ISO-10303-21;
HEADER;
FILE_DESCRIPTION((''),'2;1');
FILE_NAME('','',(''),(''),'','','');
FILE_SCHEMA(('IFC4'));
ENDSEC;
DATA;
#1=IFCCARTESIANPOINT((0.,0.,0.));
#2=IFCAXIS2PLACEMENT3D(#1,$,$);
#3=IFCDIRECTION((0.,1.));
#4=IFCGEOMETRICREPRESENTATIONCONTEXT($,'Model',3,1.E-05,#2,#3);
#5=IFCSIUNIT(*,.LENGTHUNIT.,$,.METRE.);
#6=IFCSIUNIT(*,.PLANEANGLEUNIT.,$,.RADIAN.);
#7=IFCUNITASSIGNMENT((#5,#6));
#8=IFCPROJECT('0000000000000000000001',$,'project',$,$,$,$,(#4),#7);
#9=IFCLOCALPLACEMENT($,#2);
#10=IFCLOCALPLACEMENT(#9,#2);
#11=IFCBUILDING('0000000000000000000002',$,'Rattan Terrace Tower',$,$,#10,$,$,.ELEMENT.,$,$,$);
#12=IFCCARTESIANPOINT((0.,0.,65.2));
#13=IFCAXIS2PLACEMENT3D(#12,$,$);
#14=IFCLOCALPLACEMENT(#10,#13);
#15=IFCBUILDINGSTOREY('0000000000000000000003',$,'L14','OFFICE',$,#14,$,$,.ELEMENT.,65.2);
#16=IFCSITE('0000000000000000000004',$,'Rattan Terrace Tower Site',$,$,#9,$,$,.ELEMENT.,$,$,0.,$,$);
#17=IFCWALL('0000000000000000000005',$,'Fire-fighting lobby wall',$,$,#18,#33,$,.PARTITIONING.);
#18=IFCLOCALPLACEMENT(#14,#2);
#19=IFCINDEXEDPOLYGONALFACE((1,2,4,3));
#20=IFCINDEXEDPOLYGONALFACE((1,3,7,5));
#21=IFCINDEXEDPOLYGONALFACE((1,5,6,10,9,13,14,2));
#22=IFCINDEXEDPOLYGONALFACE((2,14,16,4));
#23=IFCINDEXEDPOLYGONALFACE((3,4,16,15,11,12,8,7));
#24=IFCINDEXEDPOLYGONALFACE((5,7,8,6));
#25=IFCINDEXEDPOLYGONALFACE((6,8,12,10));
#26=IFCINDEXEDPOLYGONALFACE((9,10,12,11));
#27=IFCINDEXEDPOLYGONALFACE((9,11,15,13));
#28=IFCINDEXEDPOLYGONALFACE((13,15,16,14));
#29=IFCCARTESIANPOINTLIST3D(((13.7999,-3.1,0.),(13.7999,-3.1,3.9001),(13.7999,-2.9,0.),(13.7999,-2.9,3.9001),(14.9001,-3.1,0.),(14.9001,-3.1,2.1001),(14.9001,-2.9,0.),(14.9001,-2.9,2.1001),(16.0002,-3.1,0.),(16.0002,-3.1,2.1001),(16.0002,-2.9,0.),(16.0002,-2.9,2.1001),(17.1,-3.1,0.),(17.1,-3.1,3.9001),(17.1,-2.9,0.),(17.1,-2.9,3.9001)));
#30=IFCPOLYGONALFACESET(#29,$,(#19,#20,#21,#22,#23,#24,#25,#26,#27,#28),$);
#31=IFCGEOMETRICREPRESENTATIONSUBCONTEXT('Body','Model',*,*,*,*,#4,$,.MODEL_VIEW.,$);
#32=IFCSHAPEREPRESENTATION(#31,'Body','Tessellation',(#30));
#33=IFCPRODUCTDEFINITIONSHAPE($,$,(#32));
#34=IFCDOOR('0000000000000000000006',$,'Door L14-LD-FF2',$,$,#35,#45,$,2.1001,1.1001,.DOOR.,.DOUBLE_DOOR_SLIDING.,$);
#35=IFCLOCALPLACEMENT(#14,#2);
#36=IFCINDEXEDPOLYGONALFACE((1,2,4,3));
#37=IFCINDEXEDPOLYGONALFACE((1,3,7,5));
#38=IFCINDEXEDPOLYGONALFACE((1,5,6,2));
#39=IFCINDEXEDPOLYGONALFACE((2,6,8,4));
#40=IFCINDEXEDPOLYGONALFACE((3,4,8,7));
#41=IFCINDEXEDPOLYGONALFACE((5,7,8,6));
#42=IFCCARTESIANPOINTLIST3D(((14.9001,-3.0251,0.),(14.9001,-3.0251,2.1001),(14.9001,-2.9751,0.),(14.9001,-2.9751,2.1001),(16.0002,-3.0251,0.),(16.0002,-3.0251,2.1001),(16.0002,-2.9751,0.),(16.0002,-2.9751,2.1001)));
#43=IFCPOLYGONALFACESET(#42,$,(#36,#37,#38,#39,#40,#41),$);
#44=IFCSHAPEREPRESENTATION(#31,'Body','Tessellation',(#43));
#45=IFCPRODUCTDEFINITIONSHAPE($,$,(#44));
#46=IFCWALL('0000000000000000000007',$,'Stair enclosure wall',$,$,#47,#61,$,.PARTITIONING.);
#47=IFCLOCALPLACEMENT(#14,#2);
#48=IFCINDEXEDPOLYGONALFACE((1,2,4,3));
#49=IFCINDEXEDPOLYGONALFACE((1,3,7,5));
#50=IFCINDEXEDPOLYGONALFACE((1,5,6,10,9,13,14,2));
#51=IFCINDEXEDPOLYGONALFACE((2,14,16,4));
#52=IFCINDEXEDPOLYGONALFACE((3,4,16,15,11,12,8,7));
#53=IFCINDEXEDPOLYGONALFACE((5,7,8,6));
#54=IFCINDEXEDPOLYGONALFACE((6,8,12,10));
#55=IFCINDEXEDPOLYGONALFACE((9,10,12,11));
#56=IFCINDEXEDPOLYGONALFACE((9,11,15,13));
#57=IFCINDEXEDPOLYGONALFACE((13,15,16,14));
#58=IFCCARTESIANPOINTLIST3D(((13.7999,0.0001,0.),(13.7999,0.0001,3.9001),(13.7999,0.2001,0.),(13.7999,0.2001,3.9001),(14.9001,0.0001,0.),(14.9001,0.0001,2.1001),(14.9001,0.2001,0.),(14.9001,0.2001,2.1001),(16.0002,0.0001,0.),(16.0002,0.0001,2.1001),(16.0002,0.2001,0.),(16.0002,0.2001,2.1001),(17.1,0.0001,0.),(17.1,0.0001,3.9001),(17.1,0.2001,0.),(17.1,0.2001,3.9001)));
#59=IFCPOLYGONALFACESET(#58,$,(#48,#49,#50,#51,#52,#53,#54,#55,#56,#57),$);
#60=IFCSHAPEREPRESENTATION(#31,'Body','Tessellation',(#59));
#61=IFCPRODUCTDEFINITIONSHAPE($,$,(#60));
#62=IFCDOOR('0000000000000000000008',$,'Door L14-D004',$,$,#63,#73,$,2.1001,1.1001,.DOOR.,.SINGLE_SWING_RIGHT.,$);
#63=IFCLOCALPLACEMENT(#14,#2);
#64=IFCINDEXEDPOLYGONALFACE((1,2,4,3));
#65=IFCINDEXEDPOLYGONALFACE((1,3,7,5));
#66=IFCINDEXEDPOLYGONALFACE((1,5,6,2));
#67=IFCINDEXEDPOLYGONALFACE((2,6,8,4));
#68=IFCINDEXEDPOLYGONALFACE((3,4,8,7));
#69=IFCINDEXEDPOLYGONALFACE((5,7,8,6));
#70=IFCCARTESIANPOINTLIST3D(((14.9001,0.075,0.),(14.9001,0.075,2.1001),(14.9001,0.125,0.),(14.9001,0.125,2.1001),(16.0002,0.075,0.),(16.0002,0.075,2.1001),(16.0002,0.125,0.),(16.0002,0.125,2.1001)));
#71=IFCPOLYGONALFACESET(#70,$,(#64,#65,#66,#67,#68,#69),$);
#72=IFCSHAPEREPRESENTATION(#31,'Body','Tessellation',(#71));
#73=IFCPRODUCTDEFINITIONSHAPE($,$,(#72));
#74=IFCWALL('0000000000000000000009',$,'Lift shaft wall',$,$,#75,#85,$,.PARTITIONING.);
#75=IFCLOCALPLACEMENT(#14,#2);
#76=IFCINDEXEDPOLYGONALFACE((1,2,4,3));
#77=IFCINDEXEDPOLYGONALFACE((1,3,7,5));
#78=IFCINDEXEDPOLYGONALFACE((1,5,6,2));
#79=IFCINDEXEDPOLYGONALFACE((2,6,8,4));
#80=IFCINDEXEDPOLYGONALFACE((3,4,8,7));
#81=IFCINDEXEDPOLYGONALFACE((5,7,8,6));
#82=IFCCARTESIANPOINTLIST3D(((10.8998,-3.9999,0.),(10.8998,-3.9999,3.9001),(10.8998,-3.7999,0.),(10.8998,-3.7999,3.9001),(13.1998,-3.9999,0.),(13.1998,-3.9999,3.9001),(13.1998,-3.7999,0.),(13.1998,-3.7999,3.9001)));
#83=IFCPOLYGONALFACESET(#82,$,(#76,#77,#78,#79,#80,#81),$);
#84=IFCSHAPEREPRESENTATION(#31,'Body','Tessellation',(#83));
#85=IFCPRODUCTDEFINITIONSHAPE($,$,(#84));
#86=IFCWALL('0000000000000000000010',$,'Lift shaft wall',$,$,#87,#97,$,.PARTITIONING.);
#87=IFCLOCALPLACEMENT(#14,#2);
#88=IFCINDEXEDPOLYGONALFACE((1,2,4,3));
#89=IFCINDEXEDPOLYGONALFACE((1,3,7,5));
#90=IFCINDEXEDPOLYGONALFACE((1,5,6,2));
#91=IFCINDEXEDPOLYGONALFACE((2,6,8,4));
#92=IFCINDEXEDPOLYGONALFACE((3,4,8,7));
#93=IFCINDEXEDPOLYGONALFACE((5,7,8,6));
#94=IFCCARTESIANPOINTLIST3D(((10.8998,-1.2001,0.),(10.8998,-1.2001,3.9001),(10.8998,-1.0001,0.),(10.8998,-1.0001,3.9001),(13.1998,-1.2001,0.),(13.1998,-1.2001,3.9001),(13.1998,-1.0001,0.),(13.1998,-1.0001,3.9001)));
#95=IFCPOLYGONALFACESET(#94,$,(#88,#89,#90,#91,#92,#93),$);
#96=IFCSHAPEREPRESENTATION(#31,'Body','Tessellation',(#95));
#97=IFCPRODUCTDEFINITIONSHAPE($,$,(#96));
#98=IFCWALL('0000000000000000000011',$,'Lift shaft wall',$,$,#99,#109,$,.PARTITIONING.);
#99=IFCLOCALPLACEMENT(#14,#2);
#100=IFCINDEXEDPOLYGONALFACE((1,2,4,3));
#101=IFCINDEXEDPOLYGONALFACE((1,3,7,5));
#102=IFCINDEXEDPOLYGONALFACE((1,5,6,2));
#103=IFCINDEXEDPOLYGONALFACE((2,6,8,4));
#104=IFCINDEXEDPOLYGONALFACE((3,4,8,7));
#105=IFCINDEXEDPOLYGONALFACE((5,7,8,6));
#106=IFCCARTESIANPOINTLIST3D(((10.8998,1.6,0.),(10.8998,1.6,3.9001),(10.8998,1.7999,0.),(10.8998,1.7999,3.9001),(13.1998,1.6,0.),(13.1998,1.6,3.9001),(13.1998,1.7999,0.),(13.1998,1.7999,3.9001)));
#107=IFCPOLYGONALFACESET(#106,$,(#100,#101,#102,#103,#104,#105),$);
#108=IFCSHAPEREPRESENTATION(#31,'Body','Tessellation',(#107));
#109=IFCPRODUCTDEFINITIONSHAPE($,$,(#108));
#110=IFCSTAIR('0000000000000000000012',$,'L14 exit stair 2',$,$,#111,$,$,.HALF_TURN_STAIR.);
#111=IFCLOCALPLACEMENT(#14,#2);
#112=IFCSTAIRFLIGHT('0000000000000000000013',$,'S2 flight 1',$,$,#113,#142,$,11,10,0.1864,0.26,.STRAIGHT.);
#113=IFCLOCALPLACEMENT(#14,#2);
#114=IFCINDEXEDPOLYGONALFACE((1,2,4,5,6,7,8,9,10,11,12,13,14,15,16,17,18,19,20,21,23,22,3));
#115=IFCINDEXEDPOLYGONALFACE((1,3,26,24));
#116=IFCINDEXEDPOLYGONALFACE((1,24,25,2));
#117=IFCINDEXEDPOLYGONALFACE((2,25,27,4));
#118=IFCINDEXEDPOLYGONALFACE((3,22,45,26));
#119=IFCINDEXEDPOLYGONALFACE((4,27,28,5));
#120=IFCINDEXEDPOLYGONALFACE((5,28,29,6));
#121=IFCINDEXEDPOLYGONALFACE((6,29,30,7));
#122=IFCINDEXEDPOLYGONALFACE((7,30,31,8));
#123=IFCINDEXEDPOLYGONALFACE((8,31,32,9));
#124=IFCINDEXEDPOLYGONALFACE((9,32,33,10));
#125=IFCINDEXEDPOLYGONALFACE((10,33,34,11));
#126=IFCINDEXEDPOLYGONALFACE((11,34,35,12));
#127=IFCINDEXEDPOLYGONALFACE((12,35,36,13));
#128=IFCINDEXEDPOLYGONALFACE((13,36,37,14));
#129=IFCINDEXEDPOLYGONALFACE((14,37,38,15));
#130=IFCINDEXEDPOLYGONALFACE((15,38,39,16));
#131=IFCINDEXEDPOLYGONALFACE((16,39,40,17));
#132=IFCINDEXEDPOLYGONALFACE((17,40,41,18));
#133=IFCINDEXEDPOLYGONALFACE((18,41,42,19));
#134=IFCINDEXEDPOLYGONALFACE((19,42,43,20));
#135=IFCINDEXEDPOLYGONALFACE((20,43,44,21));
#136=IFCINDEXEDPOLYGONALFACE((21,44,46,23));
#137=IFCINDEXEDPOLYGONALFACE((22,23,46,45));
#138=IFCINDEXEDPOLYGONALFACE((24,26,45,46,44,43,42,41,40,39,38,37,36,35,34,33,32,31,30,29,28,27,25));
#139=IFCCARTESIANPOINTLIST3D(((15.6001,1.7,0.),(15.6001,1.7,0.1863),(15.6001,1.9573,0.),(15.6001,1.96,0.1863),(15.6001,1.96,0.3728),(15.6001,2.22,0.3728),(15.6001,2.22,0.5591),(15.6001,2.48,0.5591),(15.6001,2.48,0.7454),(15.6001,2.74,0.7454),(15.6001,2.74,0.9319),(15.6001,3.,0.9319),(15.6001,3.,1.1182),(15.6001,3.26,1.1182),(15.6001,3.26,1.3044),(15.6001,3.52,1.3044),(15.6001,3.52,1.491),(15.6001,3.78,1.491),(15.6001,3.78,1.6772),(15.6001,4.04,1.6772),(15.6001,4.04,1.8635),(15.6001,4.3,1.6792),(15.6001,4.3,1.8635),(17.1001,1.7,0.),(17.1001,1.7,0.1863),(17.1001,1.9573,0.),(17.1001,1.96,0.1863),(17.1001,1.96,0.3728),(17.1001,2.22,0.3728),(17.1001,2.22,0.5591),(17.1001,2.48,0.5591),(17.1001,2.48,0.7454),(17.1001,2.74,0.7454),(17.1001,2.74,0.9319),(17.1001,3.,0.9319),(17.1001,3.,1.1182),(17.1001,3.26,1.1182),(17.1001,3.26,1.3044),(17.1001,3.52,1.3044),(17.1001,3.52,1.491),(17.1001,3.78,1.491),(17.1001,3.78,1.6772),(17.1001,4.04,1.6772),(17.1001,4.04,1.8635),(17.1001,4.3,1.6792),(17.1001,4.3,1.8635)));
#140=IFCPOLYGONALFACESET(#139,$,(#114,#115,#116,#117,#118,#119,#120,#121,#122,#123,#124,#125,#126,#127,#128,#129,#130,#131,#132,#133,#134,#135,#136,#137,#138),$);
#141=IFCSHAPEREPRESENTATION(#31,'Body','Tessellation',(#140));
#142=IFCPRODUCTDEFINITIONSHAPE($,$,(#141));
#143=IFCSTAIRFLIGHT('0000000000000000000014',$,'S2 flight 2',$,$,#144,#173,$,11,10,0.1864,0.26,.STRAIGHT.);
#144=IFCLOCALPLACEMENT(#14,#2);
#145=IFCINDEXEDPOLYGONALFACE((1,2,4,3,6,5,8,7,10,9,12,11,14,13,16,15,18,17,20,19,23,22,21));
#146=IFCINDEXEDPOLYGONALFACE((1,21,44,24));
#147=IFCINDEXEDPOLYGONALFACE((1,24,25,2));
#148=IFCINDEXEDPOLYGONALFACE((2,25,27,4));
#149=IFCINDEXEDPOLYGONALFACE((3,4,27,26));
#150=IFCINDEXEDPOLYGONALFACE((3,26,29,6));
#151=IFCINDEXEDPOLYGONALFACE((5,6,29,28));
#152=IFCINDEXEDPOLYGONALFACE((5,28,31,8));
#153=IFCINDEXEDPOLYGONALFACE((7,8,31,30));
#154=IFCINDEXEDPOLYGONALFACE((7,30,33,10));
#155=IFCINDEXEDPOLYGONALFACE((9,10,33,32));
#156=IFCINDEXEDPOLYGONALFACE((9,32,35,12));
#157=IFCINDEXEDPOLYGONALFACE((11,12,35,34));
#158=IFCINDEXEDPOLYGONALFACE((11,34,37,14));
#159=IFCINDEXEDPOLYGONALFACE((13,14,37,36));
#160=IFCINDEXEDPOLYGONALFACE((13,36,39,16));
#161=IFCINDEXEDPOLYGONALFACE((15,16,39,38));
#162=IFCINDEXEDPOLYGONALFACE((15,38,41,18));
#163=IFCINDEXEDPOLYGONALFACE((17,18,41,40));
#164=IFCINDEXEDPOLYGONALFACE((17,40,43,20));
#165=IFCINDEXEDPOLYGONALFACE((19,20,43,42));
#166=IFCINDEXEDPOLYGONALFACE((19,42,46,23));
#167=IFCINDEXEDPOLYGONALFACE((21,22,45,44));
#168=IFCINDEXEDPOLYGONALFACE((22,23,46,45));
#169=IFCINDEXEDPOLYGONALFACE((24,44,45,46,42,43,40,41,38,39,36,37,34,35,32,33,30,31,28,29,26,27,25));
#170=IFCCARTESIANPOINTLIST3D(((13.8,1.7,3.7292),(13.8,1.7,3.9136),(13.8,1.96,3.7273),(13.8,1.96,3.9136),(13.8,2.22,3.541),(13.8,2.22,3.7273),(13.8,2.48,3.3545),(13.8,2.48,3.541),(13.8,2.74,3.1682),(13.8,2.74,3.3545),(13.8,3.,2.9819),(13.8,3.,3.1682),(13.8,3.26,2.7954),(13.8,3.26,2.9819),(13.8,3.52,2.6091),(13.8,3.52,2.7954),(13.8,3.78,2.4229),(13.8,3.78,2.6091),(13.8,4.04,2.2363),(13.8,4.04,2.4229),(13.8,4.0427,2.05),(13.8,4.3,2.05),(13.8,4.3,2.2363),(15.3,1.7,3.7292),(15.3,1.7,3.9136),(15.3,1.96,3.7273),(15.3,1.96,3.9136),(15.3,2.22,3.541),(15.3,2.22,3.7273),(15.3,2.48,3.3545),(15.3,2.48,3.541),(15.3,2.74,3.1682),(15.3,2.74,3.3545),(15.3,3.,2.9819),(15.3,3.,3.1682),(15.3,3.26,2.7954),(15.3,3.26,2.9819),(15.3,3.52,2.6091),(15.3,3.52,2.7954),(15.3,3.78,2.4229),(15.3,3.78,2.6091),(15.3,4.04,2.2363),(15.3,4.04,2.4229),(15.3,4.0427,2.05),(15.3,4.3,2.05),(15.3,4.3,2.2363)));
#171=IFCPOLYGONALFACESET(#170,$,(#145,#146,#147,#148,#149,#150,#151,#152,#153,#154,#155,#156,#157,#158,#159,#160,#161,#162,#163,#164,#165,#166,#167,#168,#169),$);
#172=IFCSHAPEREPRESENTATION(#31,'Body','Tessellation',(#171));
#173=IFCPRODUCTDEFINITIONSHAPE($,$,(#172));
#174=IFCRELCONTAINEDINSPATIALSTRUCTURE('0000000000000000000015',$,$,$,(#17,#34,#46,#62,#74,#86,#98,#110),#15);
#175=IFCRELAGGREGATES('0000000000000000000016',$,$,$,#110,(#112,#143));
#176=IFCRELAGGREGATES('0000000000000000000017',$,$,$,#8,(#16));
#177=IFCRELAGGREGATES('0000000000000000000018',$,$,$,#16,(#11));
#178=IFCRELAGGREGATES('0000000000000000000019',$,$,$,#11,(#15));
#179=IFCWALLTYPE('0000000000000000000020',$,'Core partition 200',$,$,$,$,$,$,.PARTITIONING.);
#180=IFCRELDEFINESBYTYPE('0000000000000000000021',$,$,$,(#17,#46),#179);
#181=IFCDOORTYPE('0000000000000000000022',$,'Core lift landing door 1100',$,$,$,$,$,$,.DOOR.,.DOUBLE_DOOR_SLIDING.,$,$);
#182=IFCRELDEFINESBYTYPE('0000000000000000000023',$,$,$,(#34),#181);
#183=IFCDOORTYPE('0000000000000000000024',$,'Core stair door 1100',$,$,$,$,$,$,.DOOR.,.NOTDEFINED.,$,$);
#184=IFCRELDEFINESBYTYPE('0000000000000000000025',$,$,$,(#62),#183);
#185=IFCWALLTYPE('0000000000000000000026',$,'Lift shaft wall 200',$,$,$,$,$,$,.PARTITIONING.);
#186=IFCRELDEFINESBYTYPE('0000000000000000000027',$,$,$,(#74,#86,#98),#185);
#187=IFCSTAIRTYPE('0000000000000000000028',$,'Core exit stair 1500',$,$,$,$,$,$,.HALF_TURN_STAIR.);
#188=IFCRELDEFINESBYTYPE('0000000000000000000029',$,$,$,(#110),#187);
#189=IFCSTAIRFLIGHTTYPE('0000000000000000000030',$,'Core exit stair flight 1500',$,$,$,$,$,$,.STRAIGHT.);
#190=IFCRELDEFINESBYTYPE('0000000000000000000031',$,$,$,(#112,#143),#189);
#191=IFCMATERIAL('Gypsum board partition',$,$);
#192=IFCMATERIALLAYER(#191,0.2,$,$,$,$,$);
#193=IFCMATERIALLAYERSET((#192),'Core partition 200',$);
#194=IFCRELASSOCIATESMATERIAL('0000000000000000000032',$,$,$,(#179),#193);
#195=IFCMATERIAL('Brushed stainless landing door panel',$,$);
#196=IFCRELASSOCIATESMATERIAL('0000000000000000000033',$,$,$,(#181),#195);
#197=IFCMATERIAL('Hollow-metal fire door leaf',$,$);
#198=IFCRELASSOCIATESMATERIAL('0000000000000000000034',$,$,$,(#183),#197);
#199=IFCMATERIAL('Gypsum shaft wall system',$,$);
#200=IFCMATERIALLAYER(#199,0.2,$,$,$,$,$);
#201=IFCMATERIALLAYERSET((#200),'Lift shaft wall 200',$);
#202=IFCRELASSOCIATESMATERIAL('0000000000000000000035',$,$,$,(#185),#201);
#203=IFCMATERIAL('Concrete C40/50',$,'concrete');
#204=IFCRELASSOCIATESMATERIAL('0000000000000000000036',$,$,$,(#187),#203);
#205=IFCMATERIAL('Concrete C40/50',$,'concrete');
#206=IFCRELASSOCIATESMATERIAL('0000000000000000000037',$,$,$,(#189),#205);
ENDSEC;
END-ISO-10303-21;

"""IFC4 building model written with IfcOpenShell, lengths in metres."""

from ifc_helpers import new_model, si_unit, direction, frame, frame_2d, origin, place, context, subcontext, project, spatial, polyline, rectangle, outline, extrude, material, layer, layer_set, type_object, element, fill, aggregate, save


model = new_model("IFC4")

# Units and contexts
model_context = context("Model", 3, precision=1e-05, world=origin(), true_north=direction((0.0, 1.0)))
body_context = subcontext(model_context, "Body", "Model", "MODEL_VIEW")
ifc_project = project(units=[si_unit("LENGTHUNIT", "METRE"), si_unit("PLANEANGLEUNIT", "RADIAN")], contexts=[model_context])

# Site, building, storey
site_placement = place(None, origin())
site = spatial("IfcSite", under=ifc_project, at=site_placement, Name="Rattan Terrace Tower Site", CompositionType="ELEMENT", RefElevation=0.0)
building_placement = place(site_placement, origin())
building = spatial("IfcBuilding", under=site, at=building_placement, Name="Rattan Terrace Tower", CompositionType="ELEMENT")
storey_placement = place(building_placement, frame((0.0, 0.0, 65.2)))
storey = spatial("IfcBuildingStorey", under=building, at=storey_placement, Name="L14", Description="OFFICE", CompositionType="ELEMENT", Elevation=65.2)

# Walls, openings, doors
ifc_material_1 = material(Name="Gypsum board partition")
ifc_layer_1 = layer(ifc_material_1, 0.2)
ifc_layer_set_1 = layer_set([ifc_layer_1], Name="Core partition 200")
wall_type_1 = type_object("IfcWallType", Name="Core partition 200", PredefinedType="PARTITIONING", material=ifc_layer_set_1)
wall_1_placement = place(storey_placement, frame((13.8, -3.0, 0.0), z_axis=(0.0, 0.0, 1.0), x_axis=(1.0, 0.0, 0.0)))
wall_1 = element("IfcWall", 1, at=wall_1_placement, inside=storey, type_object=wall_type_1, Name="Fire-fighting lobby wall", PredefinedType="PARTITIONING", context=body_context, shape_type="SweptSolid", body=[
    extrude(rectangle(XDim=3.3, YDim=0.2, at=frame_2d((1.6499, 0.0))), origin(), (0.0, 0.0, 1.0), 3.9001),
])
opening_1_placement = place(wall_1_placement, frame((1.1001, 0.0, 0.0)))
opening_1 = element("IfcOpeningElement", 2, at=opening_1_placement, cuts=wall_1, PredefinedType="OPENING", context=body_context, shape_type="SweptSolid", body=[
    extrude(rectangle(XDim=1.1001, YDim=2.1001, at=frame_2d((0.55, 1.05))), frame((0.0, 0.1106, 0.0), z_axis=(0.0, -1.0, 0.0), x_axis=(1.0, 0.0, 0.0)), (0.0, 0.0, 1.0), 0.2209),
])
ifc_material_2 = material(Name="Brushed stainless landing door panel")
door_type_1 = type_object("IfcDoorType", Name="Core lift landing door 1100", OperationType="DOUBLE_DOOR_SLIDING", PredefinedType="DOOR", material=ifc_material_2)
door_1_placement = place(opening_1_placement, origin())
door_1 = element("IfcDoor", 3, at=door_1_placement, inside=storey, type_object=door_type_1, Name="Door L14-LD-FF2", OperationType="DOUBLE_DOOR_SLIDING", OverallHeight=2.1001, OverallWidth=1.1001, PredefinedType="DOOR", context=body_context, shape_type="SweptSolid", body=[
    extrude(rectangle(XDim=1.1001, YDim=2.1001, at=frame_2d((0.55, 1.05))), frame((0.0, 0.0249, 0.0), z_axis=(0.0, -1.0, 0.0), x_axis=(1.0, 0.0, 0.0)), (0.0, 0.0, 1.0), 0.05),
])
fill(opening_1, door_1)
wall_2_placement = place(storey_placement, frame((13.8, 0.1001, 0.0), z_axis=(0.0, 0.0, 1.0), x_axis=(1.0, 0.0, 0.0)))
wall_2 = element("IfcWall", 4, at=wall_2_placement, inside=storey, type_object=wall_type_1, Name="Stair enclosure wall", PredefinedType="PARTITIONING", context=body_context, shape_type="SweptSolid", body=[
    extrude(rectangle(XDim=3.3, YDim=0.2, at=frame_2d((1.6499, 0.0))), origin(), (0.0, 0.0, 1.0), 3.9001),
])
opening_2_placement = place(wall_2_placement, frame((1.1001, 0.0, 0.0)))
opening_2 = element("IfcOpeningElement", 5, at=opening_2_placement, cuts=wall_2, PredefinedType="OPENING", context=body_context, shape_type="SweptSolid", body=[
    extrude(rectangle(XDim=1.1001, YDim=2.1001, at=frame_2d((0.55, 1.05))), frame((0.0, 0.1106, 0.0), z_axis=(0.0, -1.0, 0.0), x_axis=(1.0, 0.0, 0.0)), (0.0, 0.0, 1.0), 0.2209),
])
ifc_material_3 = material(Name="Hollow-metal fire door leaf")
door_type_2 = type_object("IfcDoorType", Name="Core stair door 1100", OperationType="NOTDEFINED", PredefinedType="DOOR", material=ifc_material_3)
door_2_placement = place(opening_2_placement, origin())
door_2 = element("IfcDoor", 6, at=door_2_placement, inside=storey, type_object=door_type_2, Name="Door L14-D004", OperationType="SINGLE_SWING_RIGHT", OverallHeight=2.1001, OverallWidth=1.1001, PredefinedType="DOOR", context=body_context, shape_type="SweptSolid", body=[
    extrude(rectangle(XDim=1.1001, YDim=2.1001, at=frame_2d((0.55, 1.05))), frame((0.0, 0.0249, 0.0), z_axis=(0.0, -1.0, 0.0), x_axis=(1.0, 0.0, 0.0)), (0.0, 0.0, 1.0), 0.05),
])
fill(opening_2, door_2)

# Walls
ifc_material_4 = material(Name="Gypsum shaft wall system")
ifc_layer_2 = layer(ifc_material_4, 0.2)
ifc_layer_set_2 = layer_set([ifc_layer_2], Name="Lift shaft wall 200")
wall_type_2 = type_object("IfcWallType", Name="Lift shaft wall 200", PredefinedType="PARTITIONING", material=ifc_layer_set_2)
for number, where, z_axis, x_axis, name in (
    (7, (10.8999, -3.8999, 0.0), (0.0, 0.0, 1.0), (1.0, 0.0, 0.0), "Lift shaft wall"),
    (8, (10.8999, -1.1001, 0.0), (0.0, 0.0, 1.0), (1.0, 0.0, 0.0), "Lift shaft wall"),
    (9, (10.8999, 1.7, 0.0), (0.0, 0.0, 1.0), (1.0, 0.0, 0.0), "Lift shaft wall"),
):
    element("IfcWall", number, at=place(storey_placement, frame(where, z_axis=z_axis, x_axis=x_axis)), inside=storey, type_object=wall_type_2, Name=name, PredefinedType="PARTITIONING", context=body_context, shape_type="SweptSolid", body=[
        extrude(rectangle(XDim=2.3, YDim=0.2, at=frame_2d((1.1499, 0.0))), origin(), (0.0, 0.0, 1.0), 3.9001),
    ])

# Stair, stair flights
ifc_material_5 = material(Name="Concrete C40/50", Category="concrete")
stair_type = type_object("IfcStairType", Name="Core exit stair 1500", PredefinedType="HALF_TURN_STAIR", material=ifc_material_5)
stair_placement = place(storey_placement, origin())
stair = element("IfcStair", 10, at=stair_placement, inside=storey, type_object=stair_type, Name="L14 exit stair 2", PredefinedType="HALF_TURN_STAIR")
ifc_material_6 = material(Name="Concrete C40/50", Category="concrete")
stair_flight_type = type_object("IfcStairFlightType", Name="Core exit stair flight 1500", PredefinedType="STRAIGHT", material=ifc_material_6)
stair_flight_1_placement = place(storey_placement, frame((16.3501, 1.7, 0.0), z_axis=(0.0, 0.0, 1.0), x_axis=(0.0, 1.0, 0.0)))
stair_flight_1 = element("IfcStairFlight", 11, at=stair_flight_1_placement, type_object=stair_flight_type, Name="S2 flight 1", NumberOfRisers=11, NumberOfTreads=10, PredefinedType="STRAIGHT", RiserHeight=0.1864, TreadLength=0.26, context=body_context, shape_type="SweptSolid", body=[
    extrude(outline(polyline([(0.0, 0.0), (0.0, 0.1863), (0.26, 0.1863), (0.26, 0.3728), (0.52, 0.3728), (0.52, 0.5591), (0.78, 0.5591), (0.78, 0.7454), (1.04, 0.7454), (1.04, 0.9319), (1.3, 0.9319), (1.3, 1.1182), (1.5601, 1.1182), (1.5601, 1.3044), (1.8201, 1.3044), (1.8201, 1.491), (2.0801, 1.491), (2.0801, 1.6772), (2.3401, 1.6772), (2.3401, 1.8635), (2.6001, 1.8635), (2.6001, 2.05), (2.6001, 1.6792), (0.2573, 0.0), (0.0, 0.0)])), frame((0.0, 0.75, 0.0), z_axis=(0.0, -1.0, 0.0), x_axis=(1.0, 0.0, 0.0)), (0.0, 0.0, 1.0), 1.5),
])
stair_flight_2_placement = place(storey_placement, frame((14.55, 4.3, 2.05), z_axis=(0.0, 0.0, 1.0), x_axis=(0.0, -1.0, 0.0)))
stair_flight_2 = element("IfcStairFlight", 12, at=stair_flight_2_placement, type_object=stair_flight_type, Name="S2 flight 2", NumberOfRisers=11, NumberOfTreads=10, PredefinedType="STRAIGHT", RiserHeight=0.1864, TreadLength=0.26, context=body_context, shape_type="SweptSolid", body=[
    extrude(outline(polyline([(0.0, 0.0), (0.0, 0.1863), (0.26, 0.1863), (0.26, 0.3728), (0.52, 0.3728), (0.52, 0.5591), (0.78, 0.5591), (0.78, 0.7454), (1.04, 0.7454), (1.04, 0.9319), (1.3, 0.9319), (1.3, 1.1182), (1.5601, 1.1182), (1.5601, 1.3044), (1.8201, 1.3044), (1.8201, 1.491), (2.0801, 1.491), (2.0801, 1.6772), (2.3401, 1.6772), (2.3401, 1.8635), (2.6001, 1.8635), (2.6001, 2.05), (2.6001, 1.6792), (0.2573, 0.0), (0.0, 0.0)])), frame((0.0, 0.75, 0.0), z_axis=(0.0, -1.0, 0.0), x_axis=(1.0, 0.0, 0.0)), (0.0, 0.0, 1.0), 1.5),
])
aggregate(stair, [stair_flight_1, stair_flight_2])

save(model, "model.ifc")
